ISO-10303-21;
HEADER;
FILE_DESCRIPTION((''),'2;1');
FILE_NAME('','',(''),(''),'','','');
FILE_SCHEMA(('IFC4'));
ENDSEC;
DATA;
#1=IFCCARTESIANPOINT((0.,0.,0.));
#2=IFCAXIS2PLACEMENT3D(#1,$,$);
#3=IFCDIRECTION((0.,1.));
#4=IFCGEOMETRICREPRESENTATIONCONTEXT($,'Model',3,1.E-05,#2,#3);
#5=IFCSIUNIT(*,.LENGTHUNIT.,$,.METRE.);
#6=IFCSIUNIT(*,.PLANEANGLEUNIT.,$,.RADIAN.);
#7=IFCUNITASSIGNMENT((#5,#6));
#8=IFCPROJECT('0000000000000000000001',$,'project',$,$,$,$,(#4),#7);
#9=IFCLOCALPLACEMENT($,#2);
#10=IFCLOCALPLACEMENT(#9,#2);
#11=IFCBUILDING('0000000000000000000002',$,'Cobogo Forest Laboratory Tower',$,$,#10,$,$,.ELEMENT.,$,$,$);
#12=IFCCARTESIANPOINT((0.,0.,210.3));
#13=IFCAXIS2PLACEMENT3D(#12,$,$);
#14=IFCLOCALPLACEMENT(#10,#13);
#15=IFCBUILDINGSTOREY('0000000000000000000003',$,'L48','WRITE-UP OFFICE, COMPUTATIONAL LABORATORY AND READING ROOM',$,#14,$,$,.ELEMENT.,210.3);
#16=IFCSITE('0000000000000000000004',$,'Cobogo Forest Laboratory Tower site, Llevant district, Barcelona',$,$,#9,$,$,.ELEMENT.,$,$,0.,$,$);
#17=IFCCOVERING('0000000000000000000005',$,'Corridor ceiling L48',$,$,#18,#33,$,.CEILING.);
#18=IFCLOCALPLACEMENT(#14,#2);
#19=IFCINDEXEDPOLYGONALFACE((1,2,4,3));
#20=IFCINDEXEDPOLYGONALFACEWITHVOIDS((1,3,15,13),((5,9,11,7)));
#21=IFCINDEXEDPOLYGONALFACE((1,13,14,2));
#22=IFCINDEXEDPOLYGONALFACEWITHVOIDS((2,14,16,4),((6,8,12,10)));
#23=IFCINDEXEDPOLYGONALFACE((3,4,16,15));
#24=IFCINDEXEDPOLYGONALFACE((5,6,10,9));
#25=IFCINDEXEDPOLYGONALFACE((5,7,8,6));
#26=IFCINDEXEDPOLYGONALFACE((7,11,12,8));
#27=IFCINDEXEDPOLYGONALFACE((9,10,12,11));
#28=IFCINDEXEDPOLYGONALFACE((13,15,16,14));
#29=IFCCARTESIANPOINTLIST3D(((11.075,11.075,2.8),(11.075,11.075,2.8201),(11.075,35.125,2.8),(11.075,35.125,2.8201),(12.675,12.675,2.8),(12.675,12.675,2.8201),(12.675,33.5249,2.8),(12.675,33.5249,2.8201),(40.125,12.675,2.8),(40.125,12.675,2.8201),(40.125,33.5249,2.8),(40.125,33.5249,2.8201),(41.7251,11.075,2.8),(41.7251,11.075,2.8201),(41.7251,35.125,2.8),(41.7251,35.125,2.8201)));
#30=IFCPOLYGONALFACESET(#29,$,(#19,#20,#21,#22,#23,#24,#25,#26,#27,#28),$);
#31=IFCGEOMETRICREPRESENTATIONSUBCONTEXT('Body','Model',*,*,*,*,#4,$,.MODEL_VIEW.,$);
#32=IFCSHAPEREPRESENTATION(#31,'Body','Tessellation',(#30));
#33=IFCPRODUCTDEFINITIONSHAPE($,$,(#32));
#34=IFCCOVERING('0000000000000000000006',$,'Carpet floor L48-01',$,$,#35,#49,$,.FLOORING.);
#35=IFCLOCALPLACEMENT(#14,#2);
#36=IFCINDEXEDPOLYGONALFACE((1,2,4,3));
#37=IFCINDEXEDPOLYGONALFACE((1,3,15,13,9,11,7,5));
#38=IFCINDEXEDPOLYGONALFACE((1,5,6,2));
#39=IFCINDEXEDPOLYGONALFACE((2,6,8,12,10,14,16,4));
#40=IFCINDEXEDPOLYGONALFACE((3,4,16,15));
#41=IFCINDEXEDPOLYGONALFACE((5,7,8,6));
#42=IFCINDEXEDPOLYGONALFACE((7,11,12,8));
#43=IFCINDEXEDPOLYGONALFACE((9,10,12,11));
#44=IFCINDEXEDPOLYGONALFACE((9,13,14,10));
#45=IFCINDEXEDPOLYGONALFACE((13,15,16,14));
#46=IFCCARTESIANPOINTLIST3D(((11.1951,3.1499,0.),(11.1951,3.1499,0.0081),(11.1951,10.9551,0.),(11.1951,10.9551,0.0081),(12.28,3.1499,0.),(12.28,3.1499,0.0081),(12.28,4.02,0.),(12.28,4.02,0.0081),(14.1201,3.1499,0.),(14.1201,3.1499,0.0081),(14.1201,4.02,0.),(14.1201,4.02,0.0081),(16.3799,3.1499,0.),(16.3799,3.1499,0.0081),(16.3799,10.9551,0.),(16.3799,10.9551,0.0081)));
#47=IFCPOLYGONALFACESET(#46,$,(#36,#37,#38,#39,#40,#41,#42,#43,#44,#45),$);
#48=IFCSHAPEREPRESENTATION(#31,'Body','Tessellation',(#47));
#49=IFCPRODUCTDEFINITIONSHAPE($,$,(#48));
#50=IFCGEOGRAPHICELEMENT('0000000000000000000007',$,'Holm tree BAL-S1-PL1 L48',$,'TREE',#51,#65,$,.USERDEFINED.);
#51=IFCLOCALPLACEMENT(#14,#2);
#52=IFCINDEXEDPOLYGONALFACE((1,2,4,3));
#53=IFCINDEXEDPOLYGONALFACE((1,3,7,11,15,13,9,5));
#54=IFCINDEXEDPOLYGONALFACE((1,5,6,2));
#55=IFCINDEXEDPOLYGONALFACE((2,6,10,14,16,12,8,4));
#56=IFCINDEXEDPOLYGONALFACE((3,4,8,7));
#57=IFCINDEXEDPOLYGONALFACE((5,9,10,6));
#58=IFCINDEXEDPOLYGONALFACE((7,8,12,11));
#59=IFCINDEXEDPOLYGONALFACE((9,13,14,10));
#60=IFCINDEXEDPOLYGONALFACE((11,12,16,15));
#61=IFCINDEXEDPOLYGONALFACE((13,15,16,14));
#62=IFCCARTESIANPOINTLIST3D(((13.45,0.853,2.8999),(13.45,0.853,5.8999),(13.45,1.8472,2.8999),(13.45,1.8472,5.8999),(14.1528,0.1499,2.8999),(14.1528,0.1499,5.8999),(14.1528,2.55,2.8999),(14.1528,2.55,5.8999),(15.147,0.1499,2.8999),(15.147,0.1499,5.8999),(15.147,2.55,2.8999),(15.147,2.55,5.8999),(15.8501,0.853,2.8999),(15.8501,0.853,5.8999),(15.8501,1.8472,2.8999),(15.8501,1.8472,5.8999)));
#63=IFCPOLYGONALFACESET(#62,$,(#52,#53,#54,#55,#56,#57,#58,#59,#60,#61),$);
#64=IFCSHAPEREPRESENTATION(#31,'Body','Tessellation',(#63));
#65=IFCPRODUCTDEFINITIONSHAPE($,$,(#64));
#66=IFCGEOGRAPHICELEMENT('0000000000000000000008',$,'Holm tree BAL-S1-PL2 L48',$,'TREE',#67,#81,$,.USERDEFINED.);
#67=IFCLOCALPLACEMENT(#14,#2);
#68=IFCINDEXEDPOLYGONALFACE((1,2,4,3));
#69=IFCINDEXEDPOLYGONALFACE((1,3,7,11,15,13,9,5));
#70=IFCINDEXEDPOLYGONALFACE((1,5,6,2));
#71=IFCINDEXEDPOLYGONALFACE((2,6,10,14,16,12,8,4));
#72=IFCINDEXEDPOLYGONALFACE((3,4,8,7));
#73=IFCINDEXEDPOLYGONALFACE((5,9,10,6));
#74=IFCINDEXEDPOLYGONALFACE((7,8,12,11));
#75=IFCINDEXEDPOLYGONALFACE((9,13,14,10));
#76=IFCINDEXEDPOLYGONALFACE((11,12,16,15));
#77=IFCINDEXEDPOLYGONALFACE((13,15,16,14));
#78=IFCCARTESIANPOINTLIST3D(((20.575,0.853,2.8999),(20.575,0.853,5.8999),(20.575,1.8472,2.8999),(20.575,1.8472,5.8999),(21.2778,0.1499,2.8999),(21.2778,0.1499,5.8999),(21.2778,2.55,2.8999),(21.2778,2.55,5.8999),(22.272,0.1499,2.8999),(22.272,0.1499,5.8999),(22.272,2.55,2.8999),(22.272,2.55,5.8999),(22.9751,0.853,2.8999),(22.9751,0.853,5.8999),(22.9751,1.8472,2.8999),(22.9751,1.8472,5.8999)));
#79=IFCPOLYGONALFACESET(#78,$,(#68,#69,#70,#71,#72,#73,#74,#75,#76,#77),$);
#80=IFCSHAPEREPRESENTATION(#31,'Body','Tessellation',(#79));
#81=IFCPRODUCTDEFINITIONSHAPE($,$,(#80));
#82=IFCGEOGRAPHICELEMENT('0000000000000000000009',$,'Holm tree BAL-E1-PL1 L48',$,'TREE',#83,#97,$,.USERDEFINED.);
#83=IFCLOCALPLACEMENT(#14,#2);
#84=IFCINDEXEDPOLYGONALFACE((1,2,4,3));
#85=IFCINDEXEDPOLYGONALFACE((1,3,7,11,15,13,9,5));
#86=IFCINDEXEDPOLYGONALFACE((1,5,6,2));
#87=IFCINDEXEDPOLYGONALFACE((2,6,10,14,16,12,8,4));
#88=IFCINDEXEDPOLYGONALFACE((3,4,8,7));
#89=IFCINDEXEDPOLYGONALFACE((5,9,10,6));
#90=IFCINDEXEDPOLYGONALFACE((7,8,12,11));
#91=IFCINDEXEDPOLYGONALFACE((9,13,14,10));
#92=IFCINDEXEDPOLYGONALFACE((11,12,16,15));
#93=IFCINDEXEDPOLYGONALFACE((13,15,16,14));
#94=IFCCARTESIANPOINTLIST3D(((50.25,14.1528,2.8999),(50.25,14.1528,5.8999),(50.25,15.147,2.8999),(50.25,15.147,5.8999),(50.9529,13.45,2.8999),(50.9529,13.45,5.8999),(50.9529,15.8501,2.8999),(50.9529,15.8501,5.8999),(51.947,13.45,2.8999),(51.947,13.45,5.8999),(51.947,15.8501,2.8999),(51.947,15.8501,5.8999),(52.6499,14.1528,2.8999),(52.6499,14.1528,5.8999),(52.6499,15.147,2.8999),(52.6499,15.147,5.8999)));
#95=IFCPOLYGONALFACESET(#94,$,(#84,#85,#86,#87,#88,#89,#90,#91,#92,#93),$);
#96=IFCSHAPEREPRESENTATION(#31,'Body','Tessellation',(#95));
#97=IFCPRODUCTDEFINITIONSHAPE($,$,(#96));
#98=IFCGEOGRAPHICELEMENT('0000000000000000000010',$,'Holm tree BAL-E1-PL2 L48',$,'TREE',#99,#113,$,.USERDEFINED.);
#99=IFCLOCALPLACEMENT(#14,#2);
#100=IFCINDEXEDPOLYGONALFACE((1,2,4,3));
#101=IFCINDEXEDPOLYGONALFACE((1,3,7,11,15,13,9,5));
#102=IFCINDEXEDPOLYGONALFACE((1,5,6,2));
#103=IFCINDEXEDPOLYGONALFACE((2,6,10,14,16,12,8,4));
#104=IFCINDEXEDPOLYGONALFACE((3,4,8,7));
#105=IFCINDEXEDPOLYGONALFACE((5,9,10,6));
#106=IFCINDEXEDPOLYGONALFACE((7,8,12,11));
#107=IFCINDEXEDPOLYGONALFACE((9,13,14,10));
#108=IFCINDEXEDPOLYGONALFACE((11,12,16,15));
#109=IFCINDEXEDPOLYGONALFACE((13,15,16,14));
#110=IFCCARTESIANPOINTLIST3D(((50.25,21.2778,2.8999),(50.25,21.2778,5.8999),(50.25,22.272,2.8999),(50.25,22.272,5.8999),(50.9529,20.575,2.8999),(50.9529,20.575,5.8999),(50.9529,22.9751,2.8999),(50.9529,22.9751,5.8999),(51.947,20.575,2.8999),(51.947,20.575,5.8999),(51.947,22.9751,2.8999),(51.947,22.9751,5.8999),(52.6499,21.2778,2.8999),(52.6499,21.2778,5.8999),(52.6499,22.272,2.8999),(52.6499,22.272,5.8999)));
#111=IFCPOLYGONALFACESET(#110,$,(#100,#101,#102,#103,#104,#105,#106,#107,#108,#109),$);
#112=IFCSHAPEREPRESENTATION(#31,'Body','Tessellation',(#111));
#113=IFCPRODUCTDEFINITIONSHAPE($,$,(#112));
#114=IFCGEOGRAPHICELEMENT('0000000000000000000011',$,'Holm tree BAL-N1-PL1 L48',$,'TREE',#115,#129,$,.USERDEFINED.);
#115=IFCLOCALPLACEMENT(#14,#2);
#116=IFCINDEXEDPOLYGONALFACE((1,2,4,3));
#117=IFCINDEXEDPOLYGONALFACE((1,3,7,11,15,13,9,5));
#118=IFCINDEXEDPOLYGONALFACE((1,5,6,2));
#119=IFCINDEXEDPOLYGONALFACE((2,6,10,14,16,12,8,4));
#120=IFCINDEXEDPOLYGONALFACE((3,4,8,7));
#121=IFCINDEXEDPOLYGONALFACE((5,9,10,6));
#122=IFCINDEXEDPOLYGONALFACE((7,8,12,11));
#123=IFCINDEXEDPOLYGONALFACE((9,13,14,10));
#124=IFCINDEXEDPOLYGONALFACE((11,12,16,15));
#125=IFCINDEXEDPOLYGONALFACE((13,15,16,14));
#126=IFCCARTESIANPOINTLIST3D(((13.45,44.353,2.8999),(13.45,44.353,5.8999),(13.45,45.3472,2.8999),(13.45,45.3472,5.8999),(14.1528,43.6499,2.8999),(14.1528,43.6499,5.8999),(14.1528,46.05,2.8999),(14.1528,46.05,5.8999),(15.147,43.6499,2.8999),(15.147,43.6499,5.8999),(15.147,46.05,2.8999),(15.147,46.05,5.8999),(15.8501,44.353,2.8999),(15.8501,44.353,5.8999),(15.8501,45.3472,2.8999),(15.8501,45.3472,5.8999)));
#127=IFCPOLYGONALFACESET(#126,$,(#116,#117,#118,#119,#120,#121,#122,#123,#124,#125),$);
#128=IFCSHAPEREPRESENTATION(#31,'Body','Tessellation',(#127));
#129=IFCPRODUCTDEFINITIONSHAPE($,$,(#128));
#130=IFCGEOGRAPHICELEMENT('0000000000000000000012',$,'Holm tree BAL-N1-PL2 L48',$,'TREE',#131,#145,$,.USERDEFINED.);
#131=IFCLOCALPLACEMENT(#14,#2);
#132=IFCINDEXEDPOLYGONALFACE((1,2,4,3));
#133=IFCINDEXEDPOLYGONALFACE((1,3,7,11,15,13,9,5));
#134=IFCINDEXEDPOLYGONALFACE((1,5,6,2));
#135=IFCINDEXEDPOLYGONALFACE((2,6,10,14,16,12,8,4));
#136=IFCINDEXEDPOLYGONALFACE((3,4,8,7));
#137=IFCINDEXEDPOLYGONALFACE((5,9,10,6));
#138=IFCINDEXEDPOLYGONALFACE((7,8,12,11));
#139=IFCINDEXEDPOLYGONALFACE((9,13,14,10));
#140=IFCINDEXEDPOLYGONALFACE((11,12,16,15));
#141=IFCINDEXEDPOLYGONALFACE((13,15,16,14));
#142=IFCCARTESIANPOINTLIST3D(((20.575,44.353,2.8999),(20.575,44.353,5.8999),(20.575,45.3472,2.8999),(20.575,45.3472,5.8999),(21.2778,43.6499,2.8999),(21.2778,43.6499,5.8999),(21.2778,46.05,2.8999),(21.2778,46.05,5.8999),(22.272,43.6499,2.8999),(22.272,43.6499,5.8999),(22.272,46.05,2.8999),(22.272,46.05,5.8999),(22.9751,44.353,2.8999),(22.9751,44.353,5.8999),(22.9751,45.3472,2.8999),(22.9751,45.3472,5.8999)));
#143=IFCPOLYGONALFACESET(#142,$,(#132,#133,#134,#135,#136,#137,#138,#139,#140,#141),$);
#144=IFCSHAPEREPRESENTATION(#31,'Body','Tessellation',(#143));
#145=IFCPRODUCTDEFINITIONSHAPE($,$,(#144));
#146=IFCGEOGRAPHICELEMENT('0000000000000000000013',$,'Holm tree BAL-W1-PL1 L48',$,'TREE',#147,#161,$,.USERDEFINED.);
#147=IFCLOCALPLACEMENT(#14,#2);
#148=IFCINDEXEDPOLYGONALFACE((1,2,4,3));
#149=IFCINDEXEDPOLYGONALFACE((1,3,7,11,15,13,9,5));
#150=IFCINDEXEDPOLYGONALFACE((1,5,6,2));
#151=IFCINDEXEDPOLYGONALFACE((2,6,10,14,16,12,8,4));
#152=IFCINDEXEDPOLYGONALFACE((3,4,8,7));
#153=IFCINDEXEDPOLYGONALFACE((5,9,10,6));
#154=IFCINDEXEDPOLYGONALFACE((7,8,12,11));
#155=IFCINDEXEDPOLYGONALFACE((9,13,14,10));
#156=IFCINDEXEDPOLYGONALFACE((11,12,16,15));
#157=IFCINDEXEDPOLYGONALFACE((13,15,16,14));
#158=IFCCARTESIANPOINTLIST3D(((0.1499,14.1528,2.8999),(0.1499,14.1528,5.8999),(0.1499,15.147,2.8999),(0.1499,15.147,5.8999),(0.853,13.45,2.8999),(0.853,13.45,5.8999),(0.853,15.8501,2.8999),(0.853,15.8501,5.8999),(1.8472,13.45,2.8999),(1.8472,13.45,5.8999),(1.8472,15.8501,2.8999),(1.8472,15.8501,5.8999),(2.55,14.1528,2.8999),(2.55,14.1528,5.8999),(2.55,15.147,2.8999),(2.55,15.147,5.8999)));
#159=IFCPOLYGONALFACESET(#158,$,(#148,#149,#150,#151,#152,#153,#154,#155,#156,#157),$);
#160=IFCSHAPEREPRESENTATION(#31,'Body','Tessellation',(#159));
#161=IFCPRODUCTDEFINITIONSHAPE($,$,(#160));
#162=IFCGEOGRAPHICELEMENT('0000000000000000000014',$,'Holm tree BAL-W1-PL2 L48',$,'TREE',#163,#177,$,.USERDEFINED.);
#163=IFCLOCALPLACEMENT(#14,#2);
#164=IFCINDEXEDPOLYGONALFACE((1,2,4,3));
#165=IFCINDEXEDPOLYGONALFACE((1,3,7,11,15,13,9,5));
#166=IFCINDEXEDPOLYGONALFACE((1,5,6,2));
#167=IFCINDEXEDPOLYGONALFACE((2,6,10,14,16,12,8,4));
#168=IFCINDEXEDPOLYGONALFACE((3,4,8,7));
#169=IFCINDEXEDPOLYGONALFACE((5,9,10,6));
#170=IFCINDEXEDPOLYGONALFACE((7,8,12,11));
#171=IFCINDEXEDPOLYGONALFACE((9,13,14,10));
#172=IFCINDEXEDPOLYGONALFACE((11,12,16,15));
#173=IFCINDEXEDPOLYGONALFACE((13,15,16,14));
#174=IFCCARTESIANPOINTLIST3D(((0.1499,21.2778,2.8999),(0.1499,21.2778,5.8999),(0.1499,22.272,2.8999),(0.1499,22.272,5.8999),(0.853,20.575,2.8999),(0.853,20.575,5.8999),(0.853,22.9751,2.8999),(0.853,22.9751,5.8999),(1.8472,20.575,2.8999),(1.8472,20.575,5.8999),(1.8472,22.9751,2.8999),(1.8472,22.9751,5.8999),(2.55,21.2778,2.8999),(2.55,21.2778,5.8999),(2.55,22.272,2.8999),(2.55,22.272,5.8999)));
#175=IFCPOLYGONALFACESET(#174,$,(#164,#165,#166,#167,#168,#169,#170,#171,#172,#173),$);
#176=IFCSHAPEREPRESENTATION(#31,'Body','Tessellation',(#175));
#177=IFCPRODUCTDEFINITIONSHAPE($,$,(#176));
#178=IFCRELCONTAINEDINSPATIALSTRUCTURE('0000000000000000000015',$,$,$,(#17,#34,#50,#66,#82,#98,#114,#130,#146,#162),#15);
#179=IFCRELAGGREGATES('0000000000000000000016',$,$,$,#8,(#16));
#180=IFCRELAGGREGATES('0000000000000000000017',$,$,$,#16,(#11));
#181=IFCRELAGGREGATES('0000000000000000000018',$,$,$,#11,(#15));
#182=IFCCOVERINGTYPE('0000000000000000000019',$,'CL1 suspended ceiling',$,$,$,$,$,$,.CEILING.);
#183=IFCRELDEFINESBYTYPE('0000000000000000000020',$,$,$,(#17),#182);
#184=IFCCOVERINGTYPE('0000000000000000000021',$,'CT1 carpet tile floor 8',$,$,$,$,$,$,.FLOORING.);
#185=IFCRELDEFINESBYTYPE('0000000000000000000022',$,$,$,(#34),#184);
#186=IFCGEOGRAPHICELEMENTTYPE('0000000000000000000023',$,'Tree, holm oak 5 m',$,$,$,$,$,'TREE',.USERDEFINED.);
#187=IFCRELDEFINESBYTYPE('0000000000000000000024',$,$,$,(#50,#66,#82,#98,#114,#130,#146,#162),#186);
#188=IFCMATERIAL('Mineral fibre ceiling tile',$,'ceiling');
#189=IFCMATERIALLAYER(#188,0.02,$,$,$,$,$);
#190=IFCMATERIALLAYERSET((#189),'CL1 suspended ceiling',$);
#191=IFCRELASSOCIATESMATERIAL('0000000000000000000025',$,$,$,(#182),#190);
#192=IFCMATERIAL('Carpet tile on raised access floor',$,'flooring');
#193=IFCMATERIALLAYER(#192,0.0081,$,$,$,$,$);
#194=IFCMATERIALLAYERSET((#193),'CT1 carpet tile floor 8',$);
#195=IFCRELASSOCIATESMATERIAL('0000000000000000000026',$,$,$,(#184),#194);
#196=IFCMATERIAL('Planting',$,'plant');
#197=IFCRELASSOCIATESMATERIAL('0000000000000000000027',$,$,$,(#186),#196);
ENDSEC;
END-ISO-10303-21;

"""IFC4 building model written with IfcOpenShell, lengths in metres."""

from ifc_helpers import new_model, si_unit, direction, frame, origin, place, context, subcontext, project, spatial, polyline, outline, extrude, material, layer, layer_set, type_object, element, save


model = new_model("IFC4")

# Units and contexts
model_context = context("Model", 3, precision=1e-05, world=origin(), true_north=direction((0.0, 1.0)))
body_context = subcontext(model_context, "Body", "Model", "MODEL_VIEW")
ifc_project = project(units=[si_unit("LENGTHUNIT", "METRE"), si_unit("PLANEANGLEUNIT", "RADIAN")], contexts=[model_context])

# Site, building, storey
site_placement = place(None, origin())
site = spatial("IfcSite", under=ifc_project, at=site_placement, Name="Cobogo Forest Laboratory Tower site, Llevant district, Barcelona", CompositionType="ELEMENT", RefElevation=0.0)
building_placement = place(site_placement, origin())
building = spatial("IfcBuilding", under=site, at=building_placement, Name="Cobogo Forest Laboratory Tower", CompositionType="ELEMENT")
storey_placement = place(building_placement, frame((0.0, 0.0, 210.3)))
storey = spatial("IfcBuildingStorey", under=building, at=storey_placement, Name="L48", Description="WRITE-UP OFFICE, COMPUTATIONAL LABORATORY AND READING ROOM", CompositionType="ELEMENT", Elevation=210.3)

# Coverings
ifc_material_1 = material(Name="Mineral fibre ceiling tile", Category="ceiling")
ifc_layer_1 = layer(ifc_material_1, 0.02)
ifc_layer_set_1 = layer_set([ifc_layer_1], Name="CL1 suspended ceiling")
covering_type_1 = type_object("IfcCoveringType", Name="CL1 suspended ceiling", PredefinedType="CEILING", material=ifc_layer_set_1)
covering_1_placement = place(storey_placement, frame((0.0, 0.0, 2.8)))
element("IfcCovering", 1, at=covering_1_placement, inside=storey, type_object=covering_type_1, Name="Corridor ceiling L48", PredefinedType="CEILING", context=body_context, shape_type="SweptSolid", body=[
    extrude(outline(polyline([(11.075, 11.075), (11.075, 35.125), (41.7251, 35.125), (41.7251, 11.075), (11.075, 11.075)]), holes=[polyline([(40.125, 33.5249), (12.675, 33.5249), (12.675, 12.675), (40.125, 12.675), (40.125, 33.5249)])]), origin(), (0.0, 0.0, 1.0), 0.02),
])
ifc_material_2 = material(Name="Carpet tile on raised access floor", Category="flooring")
ifc_layer_2 = layer(ifc_material_2, 0.0081)
ifc_layer_set_2 = layer_set([ifc_layer_2], Name="CT1 carpet tile floor 8")
covering_type_2 = type_object("IfcCoveringType", Name="CT1 carpet tile floor 8", PredefinedType="FLOORING", material=ifc_layer_set_2)
covering_2_placement = place(storey_placement, origin())
element("IfcCovering", 2, at=covering_2_placement, inside=storey, type_object=covering_type_2, Name="Carpet floor L48-01", PredefinedType="FLOORING", context=body_context, shape_type="SweptSolid", body=[
    extrude(outline(polyline([(16.3799, 10.9551), (16.3799, 3.1499), (14.1201, 3.1499), (14.1201, 4.02), (12.28, 4.02), (12.28, 3.1499), (11.1951, 3.1499), (11.1951, 10.9551), (16.3799, 10.9551)])), origin(), (0.0, 0.0, 1.0), 0.0081),
])

# Geographic elements
ifc_material_3 = material(Name="Planting", Category="plant")
geographic_element_type = type_object("IfcGeographicElementType", Name="Tree, holm oak 5 m", ElementType="TREE", PredefinedType="USERDEFINED", material=ifc_material_3)
geographic_element_1_placement = place(storey_placement, frame((0.0, 0.0, 2.8999)))
element("IfcGeographicElement", 3, at=geographic_element_1_placement, inside=storey, type_object=geographic_element_type, Name="Holm tree BAL-S1-PL1 L48", ObjectType="TREE", PredefinedType="USERDEFINED", context=body_context, shape_type="SweptSolid", body=[
    extrude(outline(polyline([(15.8501, 0.853), (15.8501, 1.8472), (15.147, 2.55), (14.1528, 2.55), (13.45, 1.8472), (13.45, 0.853), (14.1528, 0.1499), (15.147, 0.1499), (15.8501, 0.853)])), origin(), (0.0, 0.0, 1.0), 3.0),
])
geographic_element_2_placement = place(storey_placement, frame((0.0, 0.0, 2.8999)))
element("IfcGeographicElement", 4, at=geographic_element_2_placement, inside=storey, type_object=geographic_element_type, Name="Holm tree BAL-S1-PL2 L48", ObjectType="TREE", PredefinedType="USERDEFINED", context=body_context, shape_type="SweptSolid", body=[
    extrude(outline(polyline([(22.9751, 0.853), (22.9751, 1.8472), (22.272, 2.55), (21.2778, 2.55), (20.575, 1.8472), (20.575, 0.853), (21.2778, 0.1499), (22.272, 0.1499), (22.9751, 0.853)])), origin(), (0.0, 0.0, 1.0), 3.0),
])
geographic_element_3_placement = place(storey_placement, frame((0.0, 0.0, 2.8999)))
element("IfcGeographicElement", 5, at=geographic_element_3_placement, inside=storey, type_object=geographic_element_type, Name="Holm tree BAL-E1-PL1 L48", ObjectType="TREE", PredefinedType="USERDEFINED", context=body_context, shape_type="SweptSolid", body=[
    extrude(outline(polyline([(52.6499, 14.1528), (52.6499, 15.147), (51.947, 15.8501), (50.9529, 15.8501), (50.25, 15.147), (50.25, 14.1528), (50.9529, 13.45), (51.947, 13.45), (52.6499, 14.1528)])), origin(), (0.0, 0.0, 1.0), 3.0),
])
geographic_element_4_placement = place(storey_placement, frame((0.0, 0.0, 2.8999)))
element("IfcGeographicElement", 6, at=geographic_element_4_placement, inside=storey, type_object=geographic_element_type, Name="Holm tree BAL-E1-PL2 L48", ObjectType="TREE", PredefinedType="USERDEFINED", context=body_context, shape_type="SweptSolid", body=[
    extrude(outline(polyline([(52.6499, 21.2778), (52.6499, 22.272), (51.947, 22.9751), (50.9529, 22.9751), (50.25, 22.272), (50.25, 21.2778), (50.9529, 20.575), (51.947, 20.575), (52.6499, 21.2778)])), origin(), (0.0, 0.0, 1.0), 3.0),
])
geographic_element_5_placement = place(storey_placement, frame((0.0, 0.0, 2.8999)))
element("IfcGeographicElement", 7, at=geographic_element_5_placement, inside=storey, type_object=geographic_element_type, Name="Holm tree BAL-N1-PL1 L48", ObjectType="TREE", PredefinedType="USERDEFINED", context=body_context, shape_type="SweptSolid", body=[
    extrude(outline(polyline([(15.8501, 44.353), (15.8501, 45.3472), (15.147, 46.05), (14.1528, 46.05), (13.45, 45.3472), (13.45, 44.353), (14.1528, 43.6499), (15.147, 43.6499), (15.8501, 44.353)])), origin(), (0.0, 0.0, 1.0), 3.0),
])
geographic_element_6_placement = place(storey_placement, frame((0.0, 0.0, 2.8999)))
element("IfcGeographicElement", 8, at=geographic_element_6_placement, inside=storey, type_object=geographic_element_type, Name="Holm tree BAL-N1-PL2 L48", ObjectType="TREE", PredefinedType="USERDEFINED", context=body_context, shape_type="SweptSolid", body=[
    extrude(outline(polyline([(22.9751, 44.353), (22.9751, 45.3472), (22.272, 46.05), (21.2778, 46.05), (20.575, 45.3472), (20.575, 44.353), (21.2778, 43.6499), (22.272, 43.6499), (22.9751, 44.353)])), origin(), (0.0, 0.0, 1.0), 3.0),
])
geographic_element_7_placement = place(storey_placement, frame((0.0, 0.0, 2.8999)))
element("IfcGeographicElement", 9, at=geographic_element_7_placement, inside=storey, type_object=geographic_element_type, Name="Holm tree BAL-W1-PL1 L48", ObjectType="TREE", PredefinedType="USERDEFINED", context=body_context, shape_type="SweptSolid", body=[
    extrude(outline(polyline([(2.55, 14.1528), (2.55, 15.147), (1.8472, 15.8501), (0.853, 15.8501), (0.1499, 15.147), (0.1499, 14.1528), (0.853, 13.45), (1.8472, 13.45), (2.55, 14.1528)])), origin(), (0.0, 0.0, 1.0), 3.0),
])
geographic_element_8_placement = place(storey_placement, frame((0.0, 0.0, 2.8999)))
element("IfcGeographicElement", 10, at=geographic_element_8_placement, inside=storey, type_object=geographic_element_type, Name="Holm tree BAL-W1-PL2 L48", ObjectType="TREE", PredefinedType="USERDEFINED", context=body_context, shape_type="SweptSolid", body=[
    extrude(outline(polyline([(2.55, 21.2778), (2.55, 22.272), (1.8472, 22.9751), (0.853, 22.9751), (0.1499, 22.272), (0.1499, 21.2778), (0.853, 20.575), (1.8472, 20.575), (2.55, 21.2778)])), origin(), (0.0, 0.0, 1.0), 3.0),
])

save(model, "model.ifc")
